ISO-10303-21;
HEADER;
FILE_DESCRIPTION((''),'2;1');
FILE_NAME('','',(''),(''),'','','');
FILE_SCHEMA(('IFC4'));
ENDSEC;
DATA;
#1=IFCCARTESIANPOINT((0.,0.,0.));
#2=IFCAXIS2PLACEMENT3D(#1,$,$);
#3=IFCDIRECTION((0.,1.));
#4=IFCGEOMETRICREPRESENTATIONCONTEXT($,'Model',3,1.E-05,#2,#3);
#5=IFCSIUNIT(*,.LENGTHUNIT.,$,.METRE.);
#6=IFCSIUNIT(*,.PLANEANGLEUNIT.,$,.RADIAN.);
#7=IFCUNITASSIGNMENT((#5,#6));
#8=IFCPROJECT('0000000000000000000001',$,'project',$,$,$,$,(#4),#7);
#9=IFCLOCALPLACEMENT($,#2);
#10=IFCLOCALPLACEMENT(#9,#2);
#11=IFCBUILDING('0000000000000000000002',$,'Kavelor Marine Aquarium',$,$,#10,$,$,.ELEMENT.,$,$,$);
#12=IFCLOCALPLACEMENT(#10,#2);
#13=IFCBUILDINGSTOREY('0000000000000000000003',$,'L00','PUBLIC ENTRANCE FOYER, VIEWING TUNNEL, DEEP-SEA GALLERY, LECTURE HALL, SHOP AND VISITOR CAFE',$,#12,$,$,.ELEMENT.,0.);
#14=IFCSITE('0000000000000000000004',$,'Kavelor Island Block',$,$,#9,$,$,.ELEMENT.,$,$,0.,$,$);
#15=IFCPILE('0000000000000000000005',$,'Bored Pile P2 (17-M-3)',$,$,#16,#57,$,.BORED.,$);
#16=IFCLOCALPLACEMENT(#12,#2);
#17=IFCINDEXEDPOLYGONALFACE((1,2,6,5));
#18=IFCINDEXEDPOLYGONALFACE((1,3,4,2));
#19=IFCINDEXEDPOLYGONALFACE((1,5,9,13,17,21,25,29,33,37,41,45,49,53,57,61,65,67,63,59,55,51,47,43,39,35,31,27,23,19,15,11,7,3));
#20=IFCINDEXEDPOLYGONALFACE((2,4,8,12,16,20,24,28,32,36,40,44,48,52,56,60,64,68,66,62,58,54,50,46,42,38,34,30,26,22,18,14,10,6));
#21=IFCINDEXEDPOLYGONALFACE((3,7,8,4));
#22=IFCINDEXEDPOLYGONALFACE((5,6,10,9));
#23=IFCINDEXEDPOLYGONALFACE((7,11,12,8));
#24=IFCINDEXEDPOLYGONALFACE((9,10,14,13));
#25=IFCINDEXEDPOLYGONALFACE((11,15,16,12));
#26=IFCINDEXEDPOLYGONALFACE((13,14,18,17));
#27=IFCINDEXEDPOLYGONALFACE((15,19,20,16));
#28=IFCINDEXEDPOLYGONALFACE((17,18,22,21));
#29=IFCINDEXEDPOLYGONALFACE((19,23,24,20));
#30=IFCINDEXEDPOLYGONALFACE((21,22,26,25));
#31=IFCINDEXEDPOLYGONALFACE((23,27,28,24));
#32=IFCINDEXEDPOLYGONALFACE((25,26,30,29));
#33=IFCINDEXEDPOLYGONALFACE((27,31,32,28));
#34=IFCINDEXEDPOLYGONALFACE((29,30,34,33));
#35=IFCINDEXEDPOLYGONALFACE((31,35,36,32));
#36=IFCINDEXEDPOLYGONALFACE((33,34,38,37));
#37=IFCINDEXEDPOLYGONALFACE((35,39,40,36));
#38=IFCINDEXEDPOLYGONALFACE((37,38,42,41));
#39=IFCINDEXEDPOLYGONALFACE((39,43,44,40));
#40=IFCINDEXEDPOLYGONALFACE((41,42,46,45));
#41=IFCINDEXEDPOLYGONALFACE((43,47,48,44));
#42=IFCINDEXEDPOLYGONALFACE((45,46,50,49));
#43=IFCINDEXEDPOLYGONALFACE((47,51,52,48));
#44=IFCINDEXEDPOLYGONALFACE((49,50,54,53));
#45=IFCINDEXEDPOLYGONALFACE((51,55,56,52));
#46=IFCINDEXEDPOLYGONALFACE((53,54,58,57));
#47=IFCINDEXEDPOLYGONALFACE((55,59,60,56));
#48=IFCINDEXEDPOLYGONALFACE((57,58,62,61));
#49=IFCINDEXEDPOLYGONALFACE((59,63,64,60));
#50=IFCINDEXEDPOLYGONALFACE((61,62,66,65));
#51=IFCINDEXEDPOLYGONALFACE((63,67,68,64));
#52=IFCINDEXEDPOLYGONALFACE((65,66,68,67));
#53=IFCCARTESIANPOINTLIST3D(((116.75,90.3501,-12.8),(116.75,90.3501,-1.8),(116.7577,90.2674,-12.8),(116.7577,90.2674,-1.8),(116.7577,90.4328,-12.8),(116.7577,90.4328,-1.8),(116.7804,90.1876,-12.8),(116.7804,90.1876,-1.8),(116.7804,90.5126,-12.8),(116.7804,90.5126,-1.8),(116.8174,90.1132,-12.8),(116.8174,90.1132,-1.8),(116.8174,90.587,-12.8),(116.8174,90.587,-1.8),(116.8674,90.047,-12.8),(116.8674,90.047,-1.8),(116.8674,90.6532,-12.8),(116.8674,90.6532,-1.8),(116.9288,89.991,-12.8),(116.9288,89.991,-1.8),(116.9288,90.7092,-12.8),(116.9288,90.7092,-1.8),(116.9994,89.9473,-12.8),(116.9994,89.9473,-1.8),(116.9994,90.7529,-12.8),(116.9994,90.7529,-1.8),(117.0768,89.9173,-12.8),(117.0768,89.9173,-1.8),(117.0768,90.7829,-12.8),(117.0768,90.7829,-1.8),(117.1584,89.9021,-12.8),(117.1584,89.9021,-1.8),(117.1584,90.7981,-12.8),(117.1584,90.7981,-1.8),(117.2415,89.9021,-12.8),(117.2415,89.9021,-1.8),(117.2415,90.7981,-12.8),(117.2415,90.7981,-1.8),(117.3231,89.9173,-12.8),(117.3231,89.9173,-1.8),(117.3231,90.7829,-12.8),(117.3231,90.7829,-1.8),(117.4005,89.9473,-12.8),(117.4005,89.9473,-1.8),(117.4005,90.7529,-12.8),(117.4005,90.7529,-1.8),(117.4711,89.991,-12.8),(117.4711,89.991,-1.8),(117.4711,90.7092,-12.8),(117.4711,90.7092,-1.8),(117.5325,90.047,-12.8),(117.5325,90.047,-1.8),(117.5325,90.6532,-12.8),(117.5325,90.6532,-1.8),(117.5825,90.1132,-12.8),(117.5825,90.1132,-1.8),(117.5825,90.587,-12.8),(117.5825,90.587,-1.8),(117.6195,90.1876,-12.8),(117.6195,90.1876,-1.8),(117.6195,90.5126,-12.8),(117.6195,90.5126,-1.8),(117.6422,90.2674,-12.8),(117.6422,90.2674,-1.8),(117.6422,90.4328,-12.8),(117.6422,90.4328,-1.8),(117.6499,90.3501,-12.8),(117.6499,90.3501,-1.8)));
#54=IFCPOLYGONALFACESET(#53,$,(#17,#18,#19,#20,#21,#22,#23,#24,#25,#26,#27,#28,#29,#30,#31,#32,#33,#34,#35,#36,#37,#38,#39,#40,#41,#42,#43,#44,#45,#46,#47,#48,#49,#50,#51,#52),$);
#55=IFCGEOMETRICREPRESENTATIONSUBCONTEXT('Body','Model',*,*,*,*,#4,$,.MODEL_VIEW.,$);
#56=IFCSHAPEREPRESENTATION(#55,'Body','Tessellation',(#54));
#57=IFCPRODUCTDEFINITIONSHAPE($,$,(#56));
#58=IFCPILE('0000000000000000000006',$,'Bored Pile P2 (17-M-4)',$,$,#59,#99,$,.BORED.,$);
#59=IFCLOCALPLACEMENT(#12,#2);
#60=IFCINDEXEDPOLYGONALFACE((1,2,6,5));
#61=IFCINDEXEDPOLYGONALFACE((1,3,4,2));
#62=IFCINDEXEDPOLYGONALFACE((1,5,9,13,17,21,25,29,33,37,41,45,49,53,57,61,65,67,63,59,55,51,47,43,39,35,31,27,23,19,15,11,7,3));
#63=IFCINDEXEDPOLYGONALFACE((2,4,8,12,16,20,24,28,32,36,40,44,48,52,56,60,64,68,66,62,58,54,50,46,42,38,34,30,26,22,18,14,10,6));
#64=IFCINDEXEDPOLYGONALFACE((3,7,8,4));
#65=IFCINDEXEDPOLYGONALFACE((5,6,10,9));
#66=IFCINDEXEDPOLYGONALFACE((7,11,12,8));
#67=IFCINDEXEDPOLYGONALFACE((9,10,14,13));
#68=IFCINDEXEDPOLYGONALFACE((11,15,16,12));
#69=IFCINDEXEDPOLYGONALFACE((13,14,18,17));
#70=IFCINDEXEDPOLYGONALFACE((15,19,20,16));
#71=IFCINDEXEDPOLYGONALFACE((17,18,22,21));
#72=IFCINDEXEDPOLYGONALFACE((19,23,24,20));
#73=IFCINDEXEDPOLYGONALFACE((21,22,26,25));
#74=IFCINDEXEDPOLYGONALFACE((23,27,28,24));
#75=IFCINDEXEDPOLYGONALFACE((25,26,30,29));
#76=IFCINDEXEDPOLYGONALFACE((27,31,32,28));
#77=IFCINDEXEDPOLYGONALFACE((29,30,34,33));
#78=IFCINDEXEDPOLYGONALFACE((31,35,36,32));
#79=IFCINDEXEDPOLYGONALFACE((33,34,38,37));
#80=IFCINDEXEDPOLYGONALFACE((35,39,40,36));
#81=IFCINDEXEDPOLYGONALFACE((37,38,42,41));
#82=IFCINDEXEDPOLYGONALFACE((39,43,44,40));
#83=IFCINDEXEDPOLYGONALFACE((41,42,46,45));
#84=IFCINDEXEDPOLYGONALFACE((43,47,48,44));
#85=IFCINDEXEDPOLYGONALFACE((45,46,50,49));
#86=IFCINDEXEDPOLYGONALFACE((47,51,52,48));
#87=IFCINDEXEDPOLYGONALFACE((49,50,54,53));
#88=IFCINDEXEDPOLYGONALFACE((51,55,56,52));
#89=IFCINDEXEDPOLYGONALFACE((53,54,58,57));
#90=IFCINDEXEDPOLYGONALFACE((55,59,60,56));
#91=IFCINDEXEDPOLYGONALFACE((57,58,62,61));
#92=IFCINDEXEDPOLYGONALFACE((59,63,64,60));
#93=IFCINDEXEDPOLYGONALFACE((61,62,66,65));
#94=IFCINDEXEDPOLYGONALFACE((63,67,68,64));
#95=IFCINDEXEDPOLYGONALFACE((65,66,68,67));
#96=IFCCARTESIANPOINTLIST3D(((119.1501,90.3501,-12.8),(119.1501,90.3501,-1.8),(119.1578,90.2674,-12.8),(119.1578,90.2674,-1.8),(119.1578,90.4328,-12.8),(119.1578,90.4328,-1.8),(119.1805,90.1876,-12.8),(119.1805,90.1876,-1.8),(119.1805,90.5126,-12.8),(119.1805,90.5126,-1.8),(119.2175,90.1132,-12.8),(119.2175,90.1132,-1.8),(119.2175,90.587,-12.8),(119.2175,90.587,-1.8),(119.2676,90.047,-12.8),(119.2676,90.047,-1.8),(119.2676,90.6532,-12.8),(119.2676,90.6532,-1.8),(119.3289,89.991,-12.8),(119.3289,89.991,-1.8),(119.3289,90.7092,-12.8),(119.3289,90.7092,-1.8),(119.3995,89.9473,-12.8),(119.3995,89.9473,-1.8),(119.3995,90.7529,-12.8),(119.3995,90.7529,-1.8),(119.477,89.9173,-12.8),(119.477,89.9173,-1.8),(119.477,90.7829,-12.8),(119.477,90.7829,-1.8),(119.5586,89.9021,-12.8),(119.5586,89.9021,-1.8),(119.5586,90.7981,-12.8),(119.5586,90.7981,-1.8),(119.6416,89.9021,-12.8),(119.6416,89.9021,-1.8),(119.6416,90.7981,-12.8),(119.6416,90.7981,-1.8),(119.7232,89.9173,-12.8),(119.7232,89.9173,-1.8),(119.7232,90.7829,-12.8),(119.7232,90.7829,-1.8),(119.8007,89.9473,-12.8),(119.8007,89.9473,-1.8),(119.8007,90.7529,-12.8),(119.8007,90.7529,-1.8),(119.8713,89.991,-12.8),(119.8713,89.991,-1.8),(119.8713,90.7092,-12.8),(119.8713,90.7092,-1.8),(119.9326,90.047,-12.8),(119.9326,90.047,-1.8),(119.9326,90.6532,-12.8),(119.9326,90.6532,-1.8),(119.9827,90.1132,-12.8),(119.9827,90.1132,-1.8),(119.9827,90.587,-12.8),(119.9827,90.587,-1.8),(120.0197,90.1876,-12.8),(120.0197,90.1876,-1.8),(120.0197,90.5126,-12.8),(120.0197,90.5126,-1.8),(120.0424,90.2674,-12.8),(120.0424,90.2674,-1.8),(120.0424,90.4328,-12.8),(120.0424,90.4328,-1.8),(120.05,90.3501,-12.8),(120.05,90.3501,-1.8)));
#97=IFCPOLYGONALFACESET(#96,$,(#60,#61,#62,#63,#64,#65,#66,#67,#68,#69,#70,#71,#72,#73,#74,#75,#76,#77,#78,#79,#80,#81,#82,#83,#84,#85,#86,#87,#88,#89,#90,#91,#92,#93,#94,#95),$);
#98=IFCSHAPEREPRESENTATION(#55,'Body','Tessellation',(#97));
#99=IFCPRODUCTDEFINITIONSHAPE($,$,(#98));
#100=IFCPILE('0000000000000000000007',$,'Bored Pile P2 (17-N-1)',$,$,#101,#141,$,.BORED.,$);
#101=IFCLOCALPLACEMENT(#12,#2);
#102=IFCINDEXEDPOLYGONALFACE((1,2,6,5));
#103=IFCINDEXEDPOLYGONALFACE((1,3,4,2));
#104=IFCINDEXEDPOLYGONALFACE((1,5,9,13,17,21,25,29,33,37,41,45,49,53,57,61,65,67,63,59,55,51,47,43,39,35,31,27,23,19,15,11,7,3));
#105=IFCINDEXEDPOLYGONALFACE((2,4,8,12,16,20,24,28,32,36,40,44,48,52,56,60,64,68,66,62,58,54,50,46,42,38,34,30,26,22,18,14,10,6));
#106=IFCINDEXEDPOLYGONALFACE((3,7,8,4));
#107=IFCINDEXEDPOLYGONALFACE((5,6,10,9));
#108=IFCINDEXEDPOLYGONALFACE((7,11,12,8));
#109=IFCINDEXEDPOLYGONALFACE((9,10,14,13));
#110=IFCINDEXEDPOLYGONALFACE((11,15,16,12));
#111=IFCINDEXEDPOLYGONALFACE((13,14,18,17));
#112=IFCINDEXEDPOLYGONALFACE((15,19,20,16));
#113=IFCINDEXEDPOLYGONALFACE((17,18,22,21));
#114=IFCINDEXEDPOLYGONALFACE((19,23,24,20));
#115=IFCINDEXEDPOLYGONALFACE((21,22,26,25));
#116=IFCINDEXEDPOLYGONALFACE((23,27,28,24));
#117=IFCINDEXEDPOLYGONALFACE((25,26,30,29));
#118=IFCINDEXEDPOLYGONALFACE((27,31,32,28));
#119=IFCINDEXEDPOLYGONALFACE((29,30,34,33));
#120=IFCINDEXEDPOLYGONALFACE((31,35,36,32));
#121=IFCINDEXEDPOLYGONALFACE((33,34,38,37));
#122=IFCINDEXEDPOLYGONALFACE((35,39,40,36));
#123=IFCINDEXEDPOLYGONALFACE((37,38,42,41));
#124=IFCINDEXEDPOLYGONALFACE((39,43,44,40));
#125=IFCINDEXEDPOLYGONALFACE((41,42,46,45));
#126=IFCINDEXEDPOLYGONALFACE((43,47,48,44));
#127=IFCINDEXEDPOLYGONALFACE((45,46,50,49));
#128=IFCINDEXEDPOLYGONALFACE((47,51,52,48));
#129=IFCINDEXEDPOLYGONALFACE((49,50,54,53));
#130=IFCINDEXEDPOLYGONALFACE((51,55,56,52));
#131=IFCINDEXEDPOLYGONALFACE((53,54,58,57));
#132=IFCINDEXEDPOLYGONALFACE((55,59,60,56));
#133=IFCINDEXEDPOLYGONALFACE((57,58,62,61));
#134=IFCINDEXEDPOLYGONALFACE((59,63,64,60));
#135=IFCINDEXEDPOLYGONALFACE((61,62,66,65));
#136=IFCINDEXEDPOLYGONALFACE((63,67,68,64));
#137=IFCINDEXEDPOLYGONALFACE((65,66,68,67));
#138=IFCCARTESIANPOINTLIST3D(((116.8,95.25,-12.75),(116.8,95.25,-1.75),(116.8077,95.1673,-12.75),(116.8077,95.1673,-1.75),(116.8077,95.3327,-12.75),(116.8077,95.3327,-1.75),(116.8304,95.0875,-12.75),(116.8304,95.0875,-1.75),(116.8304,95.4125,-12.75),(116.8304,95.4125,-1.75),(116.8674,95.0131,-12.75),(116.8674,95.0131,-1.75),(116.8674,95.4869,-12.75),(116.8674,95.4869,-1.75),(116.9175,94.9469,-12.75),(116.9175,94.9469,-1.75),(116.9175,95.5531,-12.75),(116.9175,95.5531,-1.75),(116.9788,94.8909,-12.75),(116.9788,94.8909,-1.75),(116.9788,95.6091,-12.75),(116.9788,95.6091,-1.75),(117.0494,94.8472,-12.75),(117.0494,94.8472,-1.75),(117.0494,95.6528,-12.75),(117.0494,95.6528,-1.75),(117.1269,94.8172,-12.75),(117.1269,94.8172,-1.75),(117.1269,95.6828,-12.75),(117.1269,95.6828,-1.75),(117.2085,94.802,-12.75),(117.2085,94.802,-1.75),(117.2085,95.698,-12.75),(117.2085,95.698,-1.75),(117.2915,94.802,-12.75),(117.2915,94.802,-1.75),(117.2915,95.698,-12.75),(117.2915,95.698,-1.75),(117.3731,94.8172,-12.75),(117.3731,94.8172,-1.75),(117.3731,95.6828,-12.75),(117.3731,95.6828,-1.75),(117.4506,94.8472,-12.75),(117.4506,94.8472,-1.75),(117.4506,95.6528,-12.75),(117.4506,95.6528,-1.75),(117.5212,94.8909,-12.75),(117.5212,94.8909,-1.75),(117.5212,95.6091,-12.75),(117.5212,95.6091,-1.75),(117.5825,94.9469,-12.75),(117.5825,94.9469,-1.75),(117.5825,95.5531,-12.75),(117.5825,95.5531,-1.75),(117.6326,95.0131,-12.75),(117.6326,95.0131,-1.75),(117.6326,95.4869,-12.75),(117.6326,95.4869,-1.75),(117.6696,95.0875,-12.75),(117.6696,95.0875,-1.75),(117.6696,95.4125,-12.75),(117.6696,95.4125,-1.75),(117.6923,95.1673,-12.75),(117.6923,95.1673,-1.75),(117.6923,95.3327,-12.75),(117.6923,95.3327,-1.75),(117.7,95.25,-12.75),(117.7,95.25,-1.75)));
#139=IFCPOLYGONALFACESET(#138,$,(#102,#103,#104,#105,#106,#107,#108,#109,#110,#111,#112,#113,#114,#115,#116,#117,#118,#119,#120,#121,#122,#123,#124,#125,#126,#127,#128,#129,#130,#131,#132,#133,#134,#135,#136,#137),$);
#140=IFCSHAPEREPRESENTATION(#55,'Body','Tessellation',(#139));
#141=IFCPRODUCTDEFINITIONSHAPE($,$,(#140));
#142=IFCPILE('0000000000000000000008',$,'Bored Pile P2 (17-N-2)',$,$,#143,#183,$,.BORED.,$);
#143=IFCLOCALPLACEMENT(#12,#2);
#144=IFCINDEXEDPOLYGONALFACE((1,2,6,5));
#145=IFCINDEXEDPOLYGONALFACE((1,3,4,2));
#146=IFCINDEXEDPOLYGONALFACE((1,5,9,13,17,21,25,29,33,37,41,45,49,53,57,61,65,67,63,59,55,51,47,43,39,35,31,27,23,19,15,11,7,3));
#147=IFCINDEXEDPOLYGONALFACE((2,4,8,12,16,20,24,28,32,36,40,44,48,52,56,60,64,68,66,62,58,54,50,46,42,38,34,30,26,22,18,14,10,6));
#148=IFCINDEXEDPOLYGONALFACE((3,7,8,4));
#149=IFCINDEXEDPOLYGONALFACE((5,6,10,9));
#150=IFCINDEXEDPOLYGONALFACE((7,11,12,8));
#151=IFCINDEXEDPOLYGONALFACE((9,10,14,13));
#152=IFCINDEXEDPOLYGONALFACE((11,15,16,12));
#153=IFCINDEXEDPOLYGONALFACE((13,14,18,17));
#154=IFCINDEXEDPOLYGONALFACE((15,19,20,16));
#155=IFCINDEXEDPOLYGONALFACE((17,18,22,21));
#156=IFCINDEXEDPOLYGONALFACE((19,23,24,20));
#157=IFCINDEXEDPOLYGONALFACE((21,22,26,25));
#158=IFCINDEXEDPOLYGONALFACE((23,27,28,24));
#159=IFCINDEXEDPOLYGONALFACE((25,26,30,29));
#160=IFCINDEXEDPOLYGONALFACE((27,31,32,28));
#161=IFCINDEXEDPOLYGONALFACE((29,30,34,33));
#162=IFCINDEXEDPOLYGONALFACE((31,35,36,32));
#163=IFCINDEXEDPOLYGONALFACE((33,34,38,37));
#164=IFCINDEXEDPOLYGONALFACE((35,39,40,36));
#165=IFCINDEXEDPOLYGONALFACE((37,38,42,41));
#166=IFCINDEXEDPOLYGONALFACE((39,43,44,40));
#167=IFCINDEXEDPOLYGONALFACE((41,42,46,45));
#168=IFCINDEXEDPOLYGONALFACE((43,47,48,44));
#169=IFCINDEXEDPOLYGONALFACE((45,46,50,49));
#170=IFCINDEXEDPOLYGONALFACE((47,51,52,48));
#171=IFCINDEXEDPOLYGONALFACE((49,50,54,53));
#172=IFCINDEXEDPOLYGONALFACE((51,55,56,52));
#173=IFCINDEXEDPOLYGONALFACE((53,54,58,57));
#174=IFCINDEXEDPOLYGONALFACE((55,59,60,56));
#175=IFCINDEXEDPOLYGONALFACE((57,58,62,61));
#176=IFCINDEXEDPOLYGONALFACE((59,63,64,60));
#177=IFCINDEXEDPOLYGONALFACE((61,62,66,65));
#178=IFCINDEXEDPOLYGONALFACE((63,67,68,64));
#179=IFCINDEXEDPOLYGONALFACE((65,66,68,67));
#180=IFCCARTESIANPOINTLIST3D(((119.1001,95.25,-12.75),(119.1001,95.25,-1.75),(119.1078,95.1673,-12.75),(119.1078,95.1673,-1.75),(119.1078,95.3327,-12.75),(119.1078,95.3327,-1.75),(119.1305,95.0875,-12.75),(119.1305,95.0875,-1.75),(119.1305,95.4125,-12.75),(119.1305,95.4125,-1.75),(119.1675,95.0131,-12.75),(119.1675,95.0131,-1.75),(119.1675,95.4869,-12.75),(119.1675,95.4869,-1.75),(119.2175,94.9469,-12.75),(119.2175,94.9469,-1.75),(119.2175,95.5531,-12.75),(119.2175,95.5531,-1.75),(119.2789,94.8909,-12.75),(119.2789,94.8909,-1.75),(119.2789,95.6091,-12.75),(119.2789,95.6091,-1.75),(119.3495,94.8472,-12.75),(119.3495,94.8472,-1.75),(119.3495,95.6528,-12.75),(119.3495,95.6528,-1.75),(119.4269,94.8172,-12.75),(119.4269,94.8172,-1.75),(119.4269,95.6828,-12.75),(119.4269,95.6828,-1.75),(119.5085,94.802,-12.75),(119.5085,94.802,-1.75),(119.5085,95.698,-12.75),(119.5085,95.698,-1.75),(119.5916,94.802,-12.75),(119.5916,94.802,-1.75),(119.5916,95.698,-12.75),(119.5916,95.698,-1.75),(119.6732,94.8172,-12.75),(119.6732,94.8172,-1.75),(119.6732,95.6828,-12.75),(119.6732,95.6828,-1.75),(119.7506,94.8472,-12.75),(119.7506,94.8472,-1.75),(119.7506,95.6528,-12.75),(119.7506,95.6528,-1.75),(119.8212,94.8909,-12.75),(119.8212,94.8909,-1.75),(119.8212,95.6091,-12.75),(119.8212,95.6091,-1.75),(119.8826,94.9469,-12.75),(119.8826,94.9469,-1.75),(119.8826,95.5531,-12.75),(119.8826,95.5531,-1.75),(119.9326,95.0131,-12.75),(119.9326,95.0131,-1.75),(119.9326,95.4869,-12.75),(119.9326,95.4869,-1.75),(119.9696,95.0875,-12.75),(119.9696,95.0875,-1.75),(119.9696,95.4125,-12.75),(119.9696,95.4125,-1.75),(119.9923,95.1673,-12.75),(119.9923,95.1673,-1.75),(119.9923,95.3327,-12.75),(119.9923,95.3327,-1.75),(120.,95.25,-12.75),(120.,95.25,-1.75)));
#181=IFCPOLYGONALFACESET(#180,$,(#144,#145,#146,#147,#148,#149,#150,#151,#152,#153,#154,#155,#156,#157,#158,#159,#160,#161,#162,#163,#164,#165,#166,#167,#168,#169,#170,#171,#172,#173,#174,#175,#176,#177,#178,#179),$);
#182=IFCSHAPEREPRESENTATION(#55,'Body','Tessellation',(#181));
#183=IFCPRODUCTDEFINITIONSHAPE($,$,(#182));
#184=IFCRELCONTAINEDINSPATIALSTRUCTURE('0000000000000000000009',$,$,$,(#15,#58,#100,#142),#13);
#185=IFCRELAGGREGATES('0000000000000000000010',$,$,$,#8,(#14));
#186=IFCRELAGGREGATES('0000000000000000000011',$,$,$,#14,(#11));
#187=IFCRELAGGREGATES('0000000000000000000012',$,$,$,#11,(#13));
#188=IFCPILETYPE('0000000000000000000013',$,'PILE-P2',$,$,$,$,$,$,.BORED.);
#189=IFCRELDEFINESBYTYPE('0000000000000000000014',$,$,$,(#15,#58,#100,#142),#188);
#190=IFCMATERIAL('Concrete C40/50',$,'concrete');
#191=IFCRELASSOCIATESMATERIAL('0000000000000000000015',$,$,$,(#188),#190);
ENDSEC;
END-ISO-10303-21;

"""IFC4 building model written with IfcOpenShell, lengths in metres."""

from ifc_helpers import new_model, si_unit, direction, frame, origin, origin_2d, place, context, subcontext, project, spatial, circle, extrude, material, material_profile, profile_set, type_object, element, save


model = new_model("IFC4")

# Units and contexts
model_context = context("Model", 3, precision=1e-05, world=origin(), true_north=direction((0.0, 1.0)))
body_context = subcontext(model_context, "Body", "Model", "MODEL_VIEW")
ifc_project = project(units=[si_unit("LENGTHUNIT", "METRE"), si_unit("PLANEANGLEUNIT", "RADIAN")], contexts=[model_context])

# Site, building, storey
site_placement = place(None, origin())
site = spatial("IfcSite", under=ifc_project, at=site_placement, Name="Kavelor Island Block", CompositionType="ELEMENT", RefElevation=0.0)
building_placement = place(site_placement, origin())
building = spatial("IfcBuilding", under=site, at=building_placement, Name="Kavelor Marine Aquarium", CompositionType="ELEMENT")
storey_placement = place(building_placement, origin())
storey = spatial("IfcBuildingStorey", under=building, at=storey_placement, Name="L00", Description="PUBLIC ENTRANCE FOYER, VIEWING TUNNEL, DEEP-SEA GALLERY, LECTURE HALL, SHOP AND VISITOR CAFE", CompositionType="ELEMENT", Elevation=0.0)

# Piles
ifc_material_1 = material(Name="Concrete C40/50", Category="concrete")
ifc_material_profile_1 = material_profile(ifc_material_1, circle(Radius=0.45, at=origin_2d()), Name="PILE D900")
ifc_profile_set_1 = profile_set([ifc_material_profile_1], Name="Concrete C40/50")
pile_type_1 = type_object("IfcPileType", Name="PILE-P2", PredefinedType="BORED", material=ifc_profile_set_1)
for number, where, z_axis, x_axis, name in (
    (1, (117.2, 90.3501, -1.8), (0.0, 0.0, -1.0), (1.0, 0.0, 0.0), "Bored Pile P2 (17-M-3)"),
    (2, (119.6001, 90.3501, -1.8), (0.0, 0.0, -1.0), (1.0, 0.0, 0.0), "Bored Pile P2 (17-M-4)"),
    (3, (117.25, 95.25, -1.75), (0.0, 0.0, -1.0), (1.0, 0.0, 0.0), "Bored Pile P2 (17-N-1)"),
    (4, (119.55, 95.25, -1.75), (0.0, 0.0, -1.0), (1.0, 0.0, 0.0), "Bored Pile P2 (17-N-2)"),
):
    element("IfcPile", number, at=place(storey_placement, frame(where, z_axis=z_axis, x_axis=x_axis)), inside=storey, type_object=pile_type_1, Name=name, PredefinedType="BORED", context=body_context, shape_type="SweptSolid", body=[
        extrude(circle(Radius=0.45, at=origin_2d()), origin(), (0.0, 0.0, 1.0), 11.0),
    ])

save(model, "model.ifc")
